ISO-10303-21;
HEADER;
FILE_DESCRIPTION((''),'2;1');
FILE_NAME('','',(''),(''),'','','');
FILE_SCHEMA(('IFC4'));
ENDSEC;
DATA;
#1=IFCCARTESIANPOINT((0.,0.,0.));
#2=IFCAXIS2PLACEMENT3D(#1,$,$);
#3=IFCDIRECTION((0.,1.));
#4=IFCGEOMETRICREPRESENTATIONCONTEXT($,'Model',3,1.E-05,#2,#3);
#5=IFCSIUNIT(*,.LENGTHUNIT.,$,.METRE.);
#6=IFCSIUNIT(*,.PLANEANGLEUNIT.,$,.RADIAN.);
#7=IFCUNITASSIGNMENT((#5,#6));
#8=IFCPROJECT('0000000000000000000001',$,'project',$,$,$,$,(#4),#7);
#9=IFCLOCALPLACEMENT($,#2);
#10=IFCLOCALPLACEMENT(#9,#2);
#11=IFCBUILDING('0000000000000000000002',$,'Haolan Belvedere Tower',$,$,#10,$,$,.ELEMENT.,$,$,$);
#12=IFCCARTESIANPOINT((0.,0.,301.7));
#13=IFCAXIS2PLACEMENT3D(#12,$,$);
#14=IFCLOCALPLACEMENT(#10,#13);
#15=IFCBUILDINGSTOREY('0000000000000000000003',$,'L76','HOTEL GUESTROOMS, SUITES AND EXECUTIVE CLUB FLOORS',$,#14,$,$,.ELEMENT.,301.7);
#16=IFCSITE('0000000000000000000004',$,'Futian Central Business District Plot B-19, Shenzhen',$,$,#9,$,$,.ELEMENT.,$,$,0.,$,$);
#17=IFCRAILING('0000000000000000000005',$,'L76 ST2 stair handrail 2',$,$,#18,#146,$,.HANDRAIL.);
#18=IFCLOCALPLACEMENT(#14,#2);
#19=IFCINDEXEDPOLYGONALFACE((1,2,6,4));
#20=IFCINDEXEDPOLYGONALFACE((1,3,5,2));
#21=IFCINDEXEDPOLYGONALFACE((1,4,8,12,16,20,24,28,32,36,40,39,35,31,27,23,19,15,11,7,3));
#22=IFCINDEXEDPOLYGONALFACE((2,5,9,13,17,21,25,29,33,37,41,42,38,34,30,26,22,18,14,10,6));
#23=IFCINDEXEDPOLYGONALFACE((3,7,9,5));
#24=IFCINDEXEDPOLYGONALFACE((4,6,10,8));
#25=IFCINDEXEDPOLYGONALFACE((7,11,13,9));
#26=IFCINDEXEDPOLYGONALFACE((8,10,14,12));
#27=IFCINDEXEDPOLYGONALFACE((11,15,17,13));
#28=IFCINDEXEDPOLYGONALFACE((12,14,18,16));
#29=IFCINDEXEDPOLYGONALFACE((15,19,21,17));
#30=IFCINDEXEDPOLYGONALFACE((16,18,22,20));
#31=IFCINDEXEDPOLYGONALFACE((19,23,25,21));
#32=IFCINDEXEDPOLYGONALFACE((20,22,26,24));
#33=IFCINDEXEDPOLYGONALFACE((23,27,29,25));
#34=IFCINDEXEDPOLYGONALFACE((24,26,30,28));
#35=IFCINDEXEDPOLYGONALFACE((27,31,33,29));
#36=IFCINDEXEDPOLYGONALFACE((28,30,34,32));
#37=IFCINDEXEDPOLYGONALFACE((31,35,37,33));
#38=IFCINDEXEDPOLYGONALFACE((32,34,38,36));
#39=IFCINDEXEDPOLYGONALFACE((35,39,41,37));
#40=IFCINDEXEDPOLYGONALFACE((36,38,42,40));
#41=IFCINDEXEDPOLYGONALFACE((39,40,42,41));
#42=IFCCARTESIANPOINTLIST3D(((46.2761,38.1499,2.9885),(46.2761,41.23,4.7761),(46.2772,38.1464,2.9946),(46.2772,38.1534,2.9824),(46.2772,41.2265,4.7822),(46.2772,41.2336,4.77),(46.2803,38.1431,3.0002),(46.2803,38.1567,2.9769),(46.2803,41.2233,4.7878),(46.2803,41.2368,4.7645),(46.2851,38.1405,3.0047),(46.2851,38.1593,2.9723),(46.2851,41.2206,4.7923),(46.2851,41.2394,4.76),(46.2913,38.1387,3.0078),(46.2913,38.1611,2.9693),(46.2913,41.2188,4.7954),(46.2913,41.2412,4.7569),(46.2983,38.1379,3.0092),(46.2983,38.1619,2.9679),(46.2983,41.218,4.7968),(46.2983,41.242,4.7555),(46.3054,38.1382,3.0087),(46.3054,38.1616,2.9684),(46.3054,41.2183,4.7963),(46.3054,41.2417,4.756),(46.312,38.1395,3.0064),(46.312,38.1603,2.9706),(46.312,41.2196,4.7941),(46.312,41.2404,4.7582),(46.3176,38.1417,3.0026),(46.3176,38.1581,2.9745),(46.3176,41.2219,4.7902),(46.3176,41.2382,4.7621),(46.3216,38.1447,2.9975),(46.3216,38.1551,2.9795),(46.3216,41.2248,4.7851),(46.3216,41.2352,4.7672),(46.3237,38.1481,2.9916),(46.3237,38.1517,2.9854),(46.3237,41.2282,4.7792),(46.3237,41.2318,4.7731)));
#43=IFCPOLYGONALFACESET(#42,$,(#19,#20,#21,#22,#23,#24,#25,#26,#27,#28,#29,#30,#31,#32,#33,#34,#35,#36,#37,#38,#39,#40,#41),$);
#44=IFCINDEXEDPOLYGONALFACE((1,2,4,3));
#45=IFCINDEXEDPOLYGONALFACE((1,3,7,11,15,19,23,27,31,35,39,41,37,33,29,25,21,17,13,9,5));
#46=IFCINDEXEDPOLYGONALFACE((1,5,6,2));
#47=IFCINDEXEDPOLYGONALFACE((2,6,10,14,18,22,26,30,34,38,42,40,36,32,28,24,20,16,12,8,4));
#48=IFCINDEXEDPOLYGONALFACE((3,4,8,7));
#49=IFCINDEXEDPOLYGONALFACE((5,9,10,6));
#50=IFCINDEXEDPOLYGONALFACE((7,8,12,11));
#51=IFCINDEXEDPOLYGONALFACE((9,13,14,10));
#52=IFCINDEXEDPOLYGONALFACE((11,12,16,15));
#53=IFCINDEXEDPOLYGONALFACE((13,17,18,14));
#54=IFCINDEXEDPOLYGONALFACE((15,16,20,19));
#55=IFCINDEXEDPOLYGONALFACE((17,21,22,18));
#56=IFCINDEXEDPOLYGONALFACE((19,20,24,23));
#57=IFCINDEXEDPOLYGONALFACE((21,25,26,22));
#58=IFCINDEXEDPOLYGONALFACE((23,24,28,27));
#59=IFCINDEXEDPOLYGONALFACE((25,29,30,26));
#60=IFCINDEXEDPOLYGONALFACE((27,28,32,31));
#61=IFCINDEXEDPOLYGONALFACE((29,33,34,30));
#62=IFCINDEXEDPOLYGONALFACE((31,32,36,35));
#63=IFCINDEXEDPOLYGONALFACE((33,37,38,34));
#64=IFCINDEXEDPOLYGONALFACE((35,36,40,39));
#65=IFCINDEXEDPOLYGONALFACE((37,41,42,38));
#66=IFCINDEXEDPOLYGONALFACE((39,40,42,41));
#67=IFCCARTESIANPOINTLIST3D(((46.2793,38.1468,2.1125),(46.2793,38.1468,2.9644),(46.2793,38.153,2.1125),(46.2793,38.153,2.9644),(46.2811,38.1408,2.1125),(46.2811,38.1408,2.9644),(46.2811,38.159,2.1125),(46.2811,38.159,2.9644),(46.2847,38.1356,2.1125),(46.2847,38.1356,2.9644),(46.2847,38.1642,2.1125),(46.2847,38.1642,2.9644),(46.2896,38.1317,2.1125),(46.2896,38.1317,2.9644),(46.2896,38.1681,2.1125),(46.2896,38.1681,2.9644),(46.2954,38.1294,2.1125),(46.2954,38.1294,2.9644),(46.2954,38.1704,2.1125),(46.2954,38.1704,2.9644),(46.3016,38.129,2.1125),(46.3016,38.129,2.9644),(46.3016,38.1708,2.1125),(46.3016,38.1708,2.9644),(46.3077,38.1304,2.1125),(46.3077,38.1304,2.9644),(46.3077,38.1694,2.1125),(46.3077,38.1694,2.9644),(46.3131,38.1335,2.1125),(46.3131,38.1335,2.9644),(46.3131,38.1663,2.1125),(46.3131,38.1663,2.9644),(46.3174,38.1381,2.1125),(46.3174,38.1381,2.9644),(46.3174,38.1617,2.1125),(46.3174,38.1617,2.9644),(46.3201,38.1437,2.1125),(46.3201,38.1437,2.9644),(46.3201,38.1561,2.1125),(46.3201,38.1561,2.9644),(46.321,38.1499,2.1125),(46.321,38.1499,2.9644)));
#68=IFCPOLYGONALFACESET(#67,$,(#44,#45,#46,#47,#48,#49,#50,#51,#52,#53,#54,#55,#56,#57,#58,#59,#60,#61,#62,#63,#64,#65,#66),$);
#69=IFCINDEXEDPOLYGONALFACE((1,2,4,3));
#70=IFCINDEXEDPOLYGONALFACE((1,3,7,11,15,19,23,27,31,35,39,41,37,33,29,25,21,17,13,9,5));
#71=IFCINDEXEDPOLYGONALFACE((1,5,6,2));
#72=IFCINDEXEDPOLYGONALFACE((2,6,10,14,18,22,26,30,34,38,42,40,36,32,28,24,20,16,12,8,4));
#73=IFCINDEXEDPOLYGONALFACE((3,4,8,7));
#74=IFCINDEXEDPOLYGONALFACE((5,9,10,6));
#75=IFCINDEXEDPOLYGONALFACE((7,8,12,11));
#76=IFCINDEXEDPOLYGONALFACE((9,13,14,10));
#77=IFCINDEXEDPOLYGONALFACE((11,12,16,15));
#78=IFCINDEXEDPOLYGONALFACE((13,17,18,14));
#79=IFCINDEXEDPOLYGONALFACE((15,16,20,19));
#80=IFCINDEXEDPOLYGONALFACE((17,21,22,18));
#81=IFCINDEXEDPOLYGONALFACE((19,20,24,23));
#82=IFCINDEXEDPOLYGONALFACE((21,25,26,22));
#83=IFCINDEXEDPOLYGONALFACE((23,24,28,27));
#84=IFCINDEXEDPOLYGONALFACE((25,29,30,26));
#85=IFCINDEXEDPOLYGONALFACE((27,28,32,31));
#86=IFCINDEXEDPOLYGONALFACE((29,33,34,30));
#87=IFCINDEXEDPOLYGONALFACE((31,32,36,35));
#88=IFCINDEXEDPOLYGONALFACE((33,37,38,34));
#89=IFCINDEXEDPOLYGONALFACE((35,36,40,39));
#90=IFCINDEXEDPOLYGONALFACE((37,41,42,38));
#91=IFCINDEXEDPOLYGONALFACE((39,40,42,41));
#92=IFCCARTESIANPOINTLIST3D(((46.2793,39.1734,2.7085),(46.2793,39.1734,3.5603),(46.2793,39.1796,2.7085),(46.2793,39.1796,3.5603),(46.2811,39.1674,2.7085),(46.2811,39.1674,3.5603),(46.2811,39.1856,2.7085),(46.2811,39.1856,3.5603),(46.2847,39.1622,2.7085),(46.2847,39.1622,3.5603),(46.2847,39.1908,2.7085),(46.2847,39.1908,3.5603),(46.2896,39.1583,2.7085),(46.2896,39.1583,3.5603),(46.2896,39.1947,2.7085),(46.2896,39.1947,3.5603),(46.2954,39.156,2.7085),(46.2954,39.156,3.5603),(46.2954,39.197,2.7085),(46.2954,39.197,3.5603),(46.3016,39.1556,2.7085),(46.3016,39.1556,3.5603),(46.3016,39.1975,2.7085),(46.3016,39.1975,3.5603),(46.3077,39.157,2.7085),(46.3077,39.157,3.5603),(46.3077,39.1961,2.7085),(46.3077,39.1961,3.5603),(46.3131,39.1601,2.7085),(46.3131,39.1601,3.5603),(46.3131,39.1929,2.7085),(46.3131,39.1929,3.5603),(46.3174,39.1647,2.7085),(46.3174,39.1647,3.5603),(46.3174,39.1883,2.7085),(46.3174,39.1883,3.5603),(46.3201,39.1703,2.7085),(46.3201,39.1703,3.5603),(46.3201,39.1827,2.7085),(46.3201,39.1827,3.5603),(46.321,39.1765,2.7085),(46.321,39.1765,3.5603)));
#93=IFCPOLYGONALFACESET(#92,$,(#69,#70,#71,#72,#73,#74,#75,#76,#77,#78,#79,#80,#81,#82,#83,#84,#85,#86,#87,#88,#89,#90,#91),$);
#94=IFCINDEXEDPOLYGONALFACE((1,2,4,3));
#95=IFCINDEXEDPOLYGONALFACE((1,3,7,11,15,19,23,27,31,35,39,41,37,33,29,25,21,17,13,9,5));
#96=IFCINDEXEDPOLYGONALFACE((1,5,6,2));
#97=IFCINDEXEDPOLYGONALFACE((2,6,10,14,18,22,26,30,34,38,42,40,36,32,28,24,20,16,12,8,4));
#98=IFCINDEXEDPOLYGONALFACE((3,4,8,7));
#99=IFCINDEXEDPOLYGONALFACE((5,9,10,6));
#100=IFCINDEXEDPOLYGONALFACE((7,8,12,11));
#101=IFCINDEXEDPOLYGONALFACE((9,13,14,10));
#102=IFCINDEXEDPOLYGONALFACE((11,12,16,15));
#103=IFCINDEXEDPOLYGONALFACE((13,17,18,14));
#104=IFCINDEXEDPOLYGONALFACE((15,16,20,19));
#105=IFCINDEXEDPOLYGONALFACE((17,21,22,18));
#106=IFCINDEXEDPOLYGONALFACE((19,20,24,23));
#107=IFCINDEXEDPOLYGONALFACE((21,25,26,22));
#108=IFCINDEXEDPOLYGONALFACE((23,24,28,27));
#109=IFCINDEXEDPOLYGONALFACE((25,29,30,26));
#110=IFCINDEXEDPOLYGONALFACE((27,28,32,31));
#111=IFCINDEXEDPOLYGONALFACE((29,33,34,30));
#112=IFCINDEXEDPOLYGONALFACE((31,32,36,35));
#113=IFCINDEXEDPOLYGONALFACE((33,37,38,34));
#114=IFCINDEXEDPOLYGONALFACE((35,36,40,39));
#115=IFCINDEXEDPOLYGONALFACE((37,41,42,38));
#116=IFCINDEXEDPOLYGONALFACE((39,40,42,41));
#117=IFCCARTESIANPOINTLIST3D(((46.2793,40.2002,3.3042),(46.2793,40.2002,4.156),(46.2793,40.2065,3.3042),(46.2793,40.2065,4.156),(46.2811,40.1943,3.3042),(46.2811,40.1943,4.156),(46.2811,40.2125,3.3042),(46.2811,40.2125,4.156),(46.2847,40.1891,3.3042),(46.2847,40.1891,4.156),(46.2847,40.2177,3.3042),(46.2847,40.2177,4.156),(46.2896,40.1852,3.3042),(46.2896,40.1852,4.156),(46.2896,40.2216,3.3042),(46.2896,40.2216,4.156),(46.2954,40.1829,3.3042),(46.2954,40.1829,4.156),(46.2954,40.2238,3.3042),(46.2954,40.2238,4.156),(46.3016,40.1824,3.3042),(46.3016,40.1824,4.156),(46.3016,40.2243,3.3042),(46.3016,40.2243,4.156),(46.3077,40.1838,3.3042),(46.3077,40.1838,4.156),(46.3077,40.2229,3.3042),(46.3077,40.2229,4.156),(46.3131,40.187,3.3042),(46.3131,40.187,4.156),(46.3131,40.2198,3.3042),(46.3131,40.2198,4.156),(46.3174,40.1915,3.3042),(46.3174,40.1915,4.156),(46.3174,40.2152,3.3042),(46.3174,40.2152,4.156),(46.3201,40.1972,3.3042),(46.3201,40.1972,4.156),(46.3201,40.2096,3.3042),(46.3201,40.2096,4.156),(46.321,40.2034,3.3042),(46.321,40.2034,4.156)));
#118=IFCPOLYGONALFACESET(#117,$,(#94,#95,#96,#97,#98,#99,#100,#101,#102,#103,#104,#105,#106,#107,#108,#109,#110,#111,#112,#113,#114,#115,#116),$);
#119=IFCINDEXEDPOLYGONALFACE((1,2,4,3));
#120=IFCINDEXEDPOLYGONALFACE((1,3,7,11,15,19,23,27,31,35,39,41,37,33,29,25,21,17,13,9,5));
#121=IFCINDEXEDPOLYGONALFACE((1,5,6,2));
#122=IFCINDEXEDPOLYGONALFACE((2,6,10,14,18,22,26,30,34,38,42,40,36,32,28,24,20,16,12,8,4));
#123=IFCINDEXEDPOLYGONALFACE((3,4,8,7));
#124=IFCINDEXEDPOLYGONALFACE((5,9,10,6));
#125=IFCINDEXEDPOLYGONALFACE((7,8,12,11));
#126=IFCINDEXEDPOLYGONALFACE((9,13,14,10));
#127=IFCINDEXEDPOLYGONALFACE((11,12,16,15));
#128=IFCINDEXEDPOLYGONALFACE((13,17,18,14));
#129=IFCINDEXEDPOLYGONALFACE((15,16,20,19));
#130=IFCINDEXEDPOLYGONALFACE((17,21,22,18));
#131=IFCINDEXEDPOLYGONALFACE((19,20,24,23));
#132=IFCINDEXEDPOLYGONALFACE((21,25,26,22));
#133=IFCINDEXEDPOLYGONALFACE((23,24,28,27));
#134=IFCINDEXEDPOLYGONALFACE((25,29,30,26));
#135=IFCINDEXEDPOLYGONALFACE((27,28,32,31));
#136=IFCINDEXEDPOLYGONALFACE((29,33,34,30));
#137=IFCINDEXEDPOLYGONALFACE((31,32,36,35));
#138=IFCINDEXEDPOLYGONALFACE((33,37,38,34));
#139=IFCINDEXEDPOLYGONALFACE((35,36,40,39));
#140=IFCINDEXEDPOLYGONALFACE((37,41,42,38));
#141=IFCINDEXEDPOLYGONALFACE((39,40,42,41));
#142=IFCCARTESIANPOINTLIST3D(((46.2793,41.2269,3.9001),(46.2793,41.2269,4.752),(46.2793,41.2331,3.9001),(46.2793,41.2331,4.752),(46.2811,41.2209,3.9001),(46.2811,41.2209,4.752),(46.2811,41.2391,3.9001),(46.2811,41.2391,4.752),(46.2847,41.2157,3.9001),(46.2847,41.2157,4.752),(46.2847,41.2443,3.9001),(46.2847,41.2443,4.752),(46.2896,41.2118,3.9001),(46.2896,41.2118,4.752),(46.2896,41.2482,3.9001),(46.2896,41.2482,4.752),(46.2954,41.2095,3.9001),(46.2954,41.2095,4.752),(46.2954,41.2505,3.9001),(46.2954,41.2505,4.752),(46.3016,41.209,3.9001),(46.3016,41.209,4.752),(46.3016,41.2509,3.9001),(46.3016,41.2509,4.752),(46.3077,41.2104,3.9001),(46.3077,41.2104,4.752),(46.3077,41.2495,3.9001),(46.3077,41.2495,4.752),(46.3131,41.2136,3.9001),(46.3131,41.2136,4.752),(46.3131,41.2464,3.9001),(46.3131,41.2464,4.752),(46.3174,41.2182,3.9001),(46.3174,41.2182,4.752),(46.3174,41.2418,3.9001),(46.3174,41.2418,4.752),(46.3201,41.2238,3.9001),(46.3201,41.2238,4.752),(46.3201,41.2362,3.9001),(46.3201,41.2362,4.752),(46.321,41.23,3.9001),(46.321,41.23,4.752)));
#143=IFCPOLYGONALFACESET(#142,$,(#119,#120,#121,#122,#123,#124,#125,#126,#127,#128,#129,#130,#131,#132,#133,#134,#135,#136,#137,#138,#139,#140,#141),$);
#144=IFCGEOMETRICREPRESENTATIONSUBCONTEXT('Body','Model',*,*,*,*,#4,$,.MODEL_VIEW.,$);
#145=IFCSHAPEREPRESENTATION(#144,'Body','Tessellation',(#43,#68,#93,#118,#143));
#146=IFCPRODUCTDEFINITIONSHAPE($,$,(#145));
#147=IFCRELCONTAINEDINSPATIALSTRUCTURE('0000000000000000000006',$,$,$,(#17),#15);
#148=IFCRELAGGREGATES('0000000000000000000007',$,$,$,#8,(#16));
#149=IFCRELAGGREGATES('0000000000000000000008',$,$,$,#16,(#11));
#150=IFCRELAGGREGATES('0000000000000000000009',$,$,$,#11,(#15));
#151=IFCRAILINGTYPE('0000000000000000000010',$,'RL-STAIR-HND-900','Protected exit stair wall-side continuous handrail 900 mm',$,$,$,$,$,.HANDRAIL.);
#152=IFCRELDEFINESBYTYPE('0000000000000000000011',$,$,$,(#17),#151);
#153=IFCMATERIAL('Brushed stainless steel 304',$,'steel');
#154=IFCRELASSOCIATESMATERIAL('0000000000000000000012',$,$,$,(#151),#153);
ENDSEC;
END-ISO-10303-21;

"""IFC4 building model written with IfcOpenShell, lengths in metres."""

from ifc_helpers import new_model, si_unit, direction, frame, origin, origin_2d, place, context, subcontext, project, spatial, circle, extrude, material, type_object, element, save


model = new_model("IFC4")

# Units and contexts
model_context = context("Model", 3, precision=1e-05, world=origin(), true_north=direction((0.0, 1.0)))
body_context = subcontext(model_context, "Body", "Model", "MODEL_VIEW")
ifc_project = project(units=[si_unit("LENGTHUNIT", "METRE"), si_unit("PLANEANGLEUNIT", "RADIAN")], contexts=[model_context])

# Site, building, storey
site_placement = place(None, origin())
site = spatial("IfcSite", under=ifc_project, at=site_placement, Name="Futian Central Business District Plot B-19, Shenzhen", CompositionType="ELEMENT", RefElevation=0.0)
building_placement = place(site_placement, origin())
building = spatial("IfcBuilding", under=site, at=building_placement, Name="Haolan Belvedere Tower", CompositionType="ELEMENT")
storey_placement = place(building_placement, frame((0.0, 0.0, 301.7)))
storey = spatial("IfcBuildingStorey", under=building, at=storey_placement, Name="L76", Description="HOTEL GUESTROOMS, SUITES AND EXECUTIVE CLUB FLOORS", CompositionType="ELEMENT", Elevation=301.7)

# Railing
ifc_material_1 = material(Name="Brushed stainless steel 304", Category="steel")
railing_type_1 = type_object("IfcRailingType", Name="RL-STAIR-HND-900", Description="Protected exit stair wall-side continuous handrail 900 mm", PredefinedType="HANDRAIL", material=ifc_material_1)
railing_1_placement = place(storey_placement, frame((46.3, 38.1499, 2.1125)))
element("IfcRailing", 1, at=railing_1_placement, inside=storey, type_object=railing_type_1, Name="L76 ST2 stair handrail 2", PredefinedType="HANDRAIL", context=body_context, shape_type="SweptSolid", body=[
    extrude(circle(Radius=0.0239, at=origin_2d()), frame((0.0, 0.0, 0.876), z_axis=(0.0, 0.864891, 0.50196), x_axis=(-1.0, 0.0, 0.0)), (0.0, 0.0, 1.0), 3.5613),
    extrude(circle(Radius=0.021, at=origin_2d()), origin(), (0.0, 0.0, 1.0), 0.8518),
    extrude(circle(Radius=0.021, at=origin_2d()), frame((0.0, 1.0266, 0.5959)), (0.0, 0.0, 1.0), 0.8518),
    extrude(circle(Radius=0.021, at=origin_2d()), frame((0.0, 2.0535, 1.1917)), (0.0, 0.0, 1.0), 0.8518),
    extrude(circle(Radius=0.021, at=origin_2d()), frame((0.0, 3.0801, 1.7876)), (0.0, 0.0, 1.0), 0.8518),
])

save(model, "model.ifc")
